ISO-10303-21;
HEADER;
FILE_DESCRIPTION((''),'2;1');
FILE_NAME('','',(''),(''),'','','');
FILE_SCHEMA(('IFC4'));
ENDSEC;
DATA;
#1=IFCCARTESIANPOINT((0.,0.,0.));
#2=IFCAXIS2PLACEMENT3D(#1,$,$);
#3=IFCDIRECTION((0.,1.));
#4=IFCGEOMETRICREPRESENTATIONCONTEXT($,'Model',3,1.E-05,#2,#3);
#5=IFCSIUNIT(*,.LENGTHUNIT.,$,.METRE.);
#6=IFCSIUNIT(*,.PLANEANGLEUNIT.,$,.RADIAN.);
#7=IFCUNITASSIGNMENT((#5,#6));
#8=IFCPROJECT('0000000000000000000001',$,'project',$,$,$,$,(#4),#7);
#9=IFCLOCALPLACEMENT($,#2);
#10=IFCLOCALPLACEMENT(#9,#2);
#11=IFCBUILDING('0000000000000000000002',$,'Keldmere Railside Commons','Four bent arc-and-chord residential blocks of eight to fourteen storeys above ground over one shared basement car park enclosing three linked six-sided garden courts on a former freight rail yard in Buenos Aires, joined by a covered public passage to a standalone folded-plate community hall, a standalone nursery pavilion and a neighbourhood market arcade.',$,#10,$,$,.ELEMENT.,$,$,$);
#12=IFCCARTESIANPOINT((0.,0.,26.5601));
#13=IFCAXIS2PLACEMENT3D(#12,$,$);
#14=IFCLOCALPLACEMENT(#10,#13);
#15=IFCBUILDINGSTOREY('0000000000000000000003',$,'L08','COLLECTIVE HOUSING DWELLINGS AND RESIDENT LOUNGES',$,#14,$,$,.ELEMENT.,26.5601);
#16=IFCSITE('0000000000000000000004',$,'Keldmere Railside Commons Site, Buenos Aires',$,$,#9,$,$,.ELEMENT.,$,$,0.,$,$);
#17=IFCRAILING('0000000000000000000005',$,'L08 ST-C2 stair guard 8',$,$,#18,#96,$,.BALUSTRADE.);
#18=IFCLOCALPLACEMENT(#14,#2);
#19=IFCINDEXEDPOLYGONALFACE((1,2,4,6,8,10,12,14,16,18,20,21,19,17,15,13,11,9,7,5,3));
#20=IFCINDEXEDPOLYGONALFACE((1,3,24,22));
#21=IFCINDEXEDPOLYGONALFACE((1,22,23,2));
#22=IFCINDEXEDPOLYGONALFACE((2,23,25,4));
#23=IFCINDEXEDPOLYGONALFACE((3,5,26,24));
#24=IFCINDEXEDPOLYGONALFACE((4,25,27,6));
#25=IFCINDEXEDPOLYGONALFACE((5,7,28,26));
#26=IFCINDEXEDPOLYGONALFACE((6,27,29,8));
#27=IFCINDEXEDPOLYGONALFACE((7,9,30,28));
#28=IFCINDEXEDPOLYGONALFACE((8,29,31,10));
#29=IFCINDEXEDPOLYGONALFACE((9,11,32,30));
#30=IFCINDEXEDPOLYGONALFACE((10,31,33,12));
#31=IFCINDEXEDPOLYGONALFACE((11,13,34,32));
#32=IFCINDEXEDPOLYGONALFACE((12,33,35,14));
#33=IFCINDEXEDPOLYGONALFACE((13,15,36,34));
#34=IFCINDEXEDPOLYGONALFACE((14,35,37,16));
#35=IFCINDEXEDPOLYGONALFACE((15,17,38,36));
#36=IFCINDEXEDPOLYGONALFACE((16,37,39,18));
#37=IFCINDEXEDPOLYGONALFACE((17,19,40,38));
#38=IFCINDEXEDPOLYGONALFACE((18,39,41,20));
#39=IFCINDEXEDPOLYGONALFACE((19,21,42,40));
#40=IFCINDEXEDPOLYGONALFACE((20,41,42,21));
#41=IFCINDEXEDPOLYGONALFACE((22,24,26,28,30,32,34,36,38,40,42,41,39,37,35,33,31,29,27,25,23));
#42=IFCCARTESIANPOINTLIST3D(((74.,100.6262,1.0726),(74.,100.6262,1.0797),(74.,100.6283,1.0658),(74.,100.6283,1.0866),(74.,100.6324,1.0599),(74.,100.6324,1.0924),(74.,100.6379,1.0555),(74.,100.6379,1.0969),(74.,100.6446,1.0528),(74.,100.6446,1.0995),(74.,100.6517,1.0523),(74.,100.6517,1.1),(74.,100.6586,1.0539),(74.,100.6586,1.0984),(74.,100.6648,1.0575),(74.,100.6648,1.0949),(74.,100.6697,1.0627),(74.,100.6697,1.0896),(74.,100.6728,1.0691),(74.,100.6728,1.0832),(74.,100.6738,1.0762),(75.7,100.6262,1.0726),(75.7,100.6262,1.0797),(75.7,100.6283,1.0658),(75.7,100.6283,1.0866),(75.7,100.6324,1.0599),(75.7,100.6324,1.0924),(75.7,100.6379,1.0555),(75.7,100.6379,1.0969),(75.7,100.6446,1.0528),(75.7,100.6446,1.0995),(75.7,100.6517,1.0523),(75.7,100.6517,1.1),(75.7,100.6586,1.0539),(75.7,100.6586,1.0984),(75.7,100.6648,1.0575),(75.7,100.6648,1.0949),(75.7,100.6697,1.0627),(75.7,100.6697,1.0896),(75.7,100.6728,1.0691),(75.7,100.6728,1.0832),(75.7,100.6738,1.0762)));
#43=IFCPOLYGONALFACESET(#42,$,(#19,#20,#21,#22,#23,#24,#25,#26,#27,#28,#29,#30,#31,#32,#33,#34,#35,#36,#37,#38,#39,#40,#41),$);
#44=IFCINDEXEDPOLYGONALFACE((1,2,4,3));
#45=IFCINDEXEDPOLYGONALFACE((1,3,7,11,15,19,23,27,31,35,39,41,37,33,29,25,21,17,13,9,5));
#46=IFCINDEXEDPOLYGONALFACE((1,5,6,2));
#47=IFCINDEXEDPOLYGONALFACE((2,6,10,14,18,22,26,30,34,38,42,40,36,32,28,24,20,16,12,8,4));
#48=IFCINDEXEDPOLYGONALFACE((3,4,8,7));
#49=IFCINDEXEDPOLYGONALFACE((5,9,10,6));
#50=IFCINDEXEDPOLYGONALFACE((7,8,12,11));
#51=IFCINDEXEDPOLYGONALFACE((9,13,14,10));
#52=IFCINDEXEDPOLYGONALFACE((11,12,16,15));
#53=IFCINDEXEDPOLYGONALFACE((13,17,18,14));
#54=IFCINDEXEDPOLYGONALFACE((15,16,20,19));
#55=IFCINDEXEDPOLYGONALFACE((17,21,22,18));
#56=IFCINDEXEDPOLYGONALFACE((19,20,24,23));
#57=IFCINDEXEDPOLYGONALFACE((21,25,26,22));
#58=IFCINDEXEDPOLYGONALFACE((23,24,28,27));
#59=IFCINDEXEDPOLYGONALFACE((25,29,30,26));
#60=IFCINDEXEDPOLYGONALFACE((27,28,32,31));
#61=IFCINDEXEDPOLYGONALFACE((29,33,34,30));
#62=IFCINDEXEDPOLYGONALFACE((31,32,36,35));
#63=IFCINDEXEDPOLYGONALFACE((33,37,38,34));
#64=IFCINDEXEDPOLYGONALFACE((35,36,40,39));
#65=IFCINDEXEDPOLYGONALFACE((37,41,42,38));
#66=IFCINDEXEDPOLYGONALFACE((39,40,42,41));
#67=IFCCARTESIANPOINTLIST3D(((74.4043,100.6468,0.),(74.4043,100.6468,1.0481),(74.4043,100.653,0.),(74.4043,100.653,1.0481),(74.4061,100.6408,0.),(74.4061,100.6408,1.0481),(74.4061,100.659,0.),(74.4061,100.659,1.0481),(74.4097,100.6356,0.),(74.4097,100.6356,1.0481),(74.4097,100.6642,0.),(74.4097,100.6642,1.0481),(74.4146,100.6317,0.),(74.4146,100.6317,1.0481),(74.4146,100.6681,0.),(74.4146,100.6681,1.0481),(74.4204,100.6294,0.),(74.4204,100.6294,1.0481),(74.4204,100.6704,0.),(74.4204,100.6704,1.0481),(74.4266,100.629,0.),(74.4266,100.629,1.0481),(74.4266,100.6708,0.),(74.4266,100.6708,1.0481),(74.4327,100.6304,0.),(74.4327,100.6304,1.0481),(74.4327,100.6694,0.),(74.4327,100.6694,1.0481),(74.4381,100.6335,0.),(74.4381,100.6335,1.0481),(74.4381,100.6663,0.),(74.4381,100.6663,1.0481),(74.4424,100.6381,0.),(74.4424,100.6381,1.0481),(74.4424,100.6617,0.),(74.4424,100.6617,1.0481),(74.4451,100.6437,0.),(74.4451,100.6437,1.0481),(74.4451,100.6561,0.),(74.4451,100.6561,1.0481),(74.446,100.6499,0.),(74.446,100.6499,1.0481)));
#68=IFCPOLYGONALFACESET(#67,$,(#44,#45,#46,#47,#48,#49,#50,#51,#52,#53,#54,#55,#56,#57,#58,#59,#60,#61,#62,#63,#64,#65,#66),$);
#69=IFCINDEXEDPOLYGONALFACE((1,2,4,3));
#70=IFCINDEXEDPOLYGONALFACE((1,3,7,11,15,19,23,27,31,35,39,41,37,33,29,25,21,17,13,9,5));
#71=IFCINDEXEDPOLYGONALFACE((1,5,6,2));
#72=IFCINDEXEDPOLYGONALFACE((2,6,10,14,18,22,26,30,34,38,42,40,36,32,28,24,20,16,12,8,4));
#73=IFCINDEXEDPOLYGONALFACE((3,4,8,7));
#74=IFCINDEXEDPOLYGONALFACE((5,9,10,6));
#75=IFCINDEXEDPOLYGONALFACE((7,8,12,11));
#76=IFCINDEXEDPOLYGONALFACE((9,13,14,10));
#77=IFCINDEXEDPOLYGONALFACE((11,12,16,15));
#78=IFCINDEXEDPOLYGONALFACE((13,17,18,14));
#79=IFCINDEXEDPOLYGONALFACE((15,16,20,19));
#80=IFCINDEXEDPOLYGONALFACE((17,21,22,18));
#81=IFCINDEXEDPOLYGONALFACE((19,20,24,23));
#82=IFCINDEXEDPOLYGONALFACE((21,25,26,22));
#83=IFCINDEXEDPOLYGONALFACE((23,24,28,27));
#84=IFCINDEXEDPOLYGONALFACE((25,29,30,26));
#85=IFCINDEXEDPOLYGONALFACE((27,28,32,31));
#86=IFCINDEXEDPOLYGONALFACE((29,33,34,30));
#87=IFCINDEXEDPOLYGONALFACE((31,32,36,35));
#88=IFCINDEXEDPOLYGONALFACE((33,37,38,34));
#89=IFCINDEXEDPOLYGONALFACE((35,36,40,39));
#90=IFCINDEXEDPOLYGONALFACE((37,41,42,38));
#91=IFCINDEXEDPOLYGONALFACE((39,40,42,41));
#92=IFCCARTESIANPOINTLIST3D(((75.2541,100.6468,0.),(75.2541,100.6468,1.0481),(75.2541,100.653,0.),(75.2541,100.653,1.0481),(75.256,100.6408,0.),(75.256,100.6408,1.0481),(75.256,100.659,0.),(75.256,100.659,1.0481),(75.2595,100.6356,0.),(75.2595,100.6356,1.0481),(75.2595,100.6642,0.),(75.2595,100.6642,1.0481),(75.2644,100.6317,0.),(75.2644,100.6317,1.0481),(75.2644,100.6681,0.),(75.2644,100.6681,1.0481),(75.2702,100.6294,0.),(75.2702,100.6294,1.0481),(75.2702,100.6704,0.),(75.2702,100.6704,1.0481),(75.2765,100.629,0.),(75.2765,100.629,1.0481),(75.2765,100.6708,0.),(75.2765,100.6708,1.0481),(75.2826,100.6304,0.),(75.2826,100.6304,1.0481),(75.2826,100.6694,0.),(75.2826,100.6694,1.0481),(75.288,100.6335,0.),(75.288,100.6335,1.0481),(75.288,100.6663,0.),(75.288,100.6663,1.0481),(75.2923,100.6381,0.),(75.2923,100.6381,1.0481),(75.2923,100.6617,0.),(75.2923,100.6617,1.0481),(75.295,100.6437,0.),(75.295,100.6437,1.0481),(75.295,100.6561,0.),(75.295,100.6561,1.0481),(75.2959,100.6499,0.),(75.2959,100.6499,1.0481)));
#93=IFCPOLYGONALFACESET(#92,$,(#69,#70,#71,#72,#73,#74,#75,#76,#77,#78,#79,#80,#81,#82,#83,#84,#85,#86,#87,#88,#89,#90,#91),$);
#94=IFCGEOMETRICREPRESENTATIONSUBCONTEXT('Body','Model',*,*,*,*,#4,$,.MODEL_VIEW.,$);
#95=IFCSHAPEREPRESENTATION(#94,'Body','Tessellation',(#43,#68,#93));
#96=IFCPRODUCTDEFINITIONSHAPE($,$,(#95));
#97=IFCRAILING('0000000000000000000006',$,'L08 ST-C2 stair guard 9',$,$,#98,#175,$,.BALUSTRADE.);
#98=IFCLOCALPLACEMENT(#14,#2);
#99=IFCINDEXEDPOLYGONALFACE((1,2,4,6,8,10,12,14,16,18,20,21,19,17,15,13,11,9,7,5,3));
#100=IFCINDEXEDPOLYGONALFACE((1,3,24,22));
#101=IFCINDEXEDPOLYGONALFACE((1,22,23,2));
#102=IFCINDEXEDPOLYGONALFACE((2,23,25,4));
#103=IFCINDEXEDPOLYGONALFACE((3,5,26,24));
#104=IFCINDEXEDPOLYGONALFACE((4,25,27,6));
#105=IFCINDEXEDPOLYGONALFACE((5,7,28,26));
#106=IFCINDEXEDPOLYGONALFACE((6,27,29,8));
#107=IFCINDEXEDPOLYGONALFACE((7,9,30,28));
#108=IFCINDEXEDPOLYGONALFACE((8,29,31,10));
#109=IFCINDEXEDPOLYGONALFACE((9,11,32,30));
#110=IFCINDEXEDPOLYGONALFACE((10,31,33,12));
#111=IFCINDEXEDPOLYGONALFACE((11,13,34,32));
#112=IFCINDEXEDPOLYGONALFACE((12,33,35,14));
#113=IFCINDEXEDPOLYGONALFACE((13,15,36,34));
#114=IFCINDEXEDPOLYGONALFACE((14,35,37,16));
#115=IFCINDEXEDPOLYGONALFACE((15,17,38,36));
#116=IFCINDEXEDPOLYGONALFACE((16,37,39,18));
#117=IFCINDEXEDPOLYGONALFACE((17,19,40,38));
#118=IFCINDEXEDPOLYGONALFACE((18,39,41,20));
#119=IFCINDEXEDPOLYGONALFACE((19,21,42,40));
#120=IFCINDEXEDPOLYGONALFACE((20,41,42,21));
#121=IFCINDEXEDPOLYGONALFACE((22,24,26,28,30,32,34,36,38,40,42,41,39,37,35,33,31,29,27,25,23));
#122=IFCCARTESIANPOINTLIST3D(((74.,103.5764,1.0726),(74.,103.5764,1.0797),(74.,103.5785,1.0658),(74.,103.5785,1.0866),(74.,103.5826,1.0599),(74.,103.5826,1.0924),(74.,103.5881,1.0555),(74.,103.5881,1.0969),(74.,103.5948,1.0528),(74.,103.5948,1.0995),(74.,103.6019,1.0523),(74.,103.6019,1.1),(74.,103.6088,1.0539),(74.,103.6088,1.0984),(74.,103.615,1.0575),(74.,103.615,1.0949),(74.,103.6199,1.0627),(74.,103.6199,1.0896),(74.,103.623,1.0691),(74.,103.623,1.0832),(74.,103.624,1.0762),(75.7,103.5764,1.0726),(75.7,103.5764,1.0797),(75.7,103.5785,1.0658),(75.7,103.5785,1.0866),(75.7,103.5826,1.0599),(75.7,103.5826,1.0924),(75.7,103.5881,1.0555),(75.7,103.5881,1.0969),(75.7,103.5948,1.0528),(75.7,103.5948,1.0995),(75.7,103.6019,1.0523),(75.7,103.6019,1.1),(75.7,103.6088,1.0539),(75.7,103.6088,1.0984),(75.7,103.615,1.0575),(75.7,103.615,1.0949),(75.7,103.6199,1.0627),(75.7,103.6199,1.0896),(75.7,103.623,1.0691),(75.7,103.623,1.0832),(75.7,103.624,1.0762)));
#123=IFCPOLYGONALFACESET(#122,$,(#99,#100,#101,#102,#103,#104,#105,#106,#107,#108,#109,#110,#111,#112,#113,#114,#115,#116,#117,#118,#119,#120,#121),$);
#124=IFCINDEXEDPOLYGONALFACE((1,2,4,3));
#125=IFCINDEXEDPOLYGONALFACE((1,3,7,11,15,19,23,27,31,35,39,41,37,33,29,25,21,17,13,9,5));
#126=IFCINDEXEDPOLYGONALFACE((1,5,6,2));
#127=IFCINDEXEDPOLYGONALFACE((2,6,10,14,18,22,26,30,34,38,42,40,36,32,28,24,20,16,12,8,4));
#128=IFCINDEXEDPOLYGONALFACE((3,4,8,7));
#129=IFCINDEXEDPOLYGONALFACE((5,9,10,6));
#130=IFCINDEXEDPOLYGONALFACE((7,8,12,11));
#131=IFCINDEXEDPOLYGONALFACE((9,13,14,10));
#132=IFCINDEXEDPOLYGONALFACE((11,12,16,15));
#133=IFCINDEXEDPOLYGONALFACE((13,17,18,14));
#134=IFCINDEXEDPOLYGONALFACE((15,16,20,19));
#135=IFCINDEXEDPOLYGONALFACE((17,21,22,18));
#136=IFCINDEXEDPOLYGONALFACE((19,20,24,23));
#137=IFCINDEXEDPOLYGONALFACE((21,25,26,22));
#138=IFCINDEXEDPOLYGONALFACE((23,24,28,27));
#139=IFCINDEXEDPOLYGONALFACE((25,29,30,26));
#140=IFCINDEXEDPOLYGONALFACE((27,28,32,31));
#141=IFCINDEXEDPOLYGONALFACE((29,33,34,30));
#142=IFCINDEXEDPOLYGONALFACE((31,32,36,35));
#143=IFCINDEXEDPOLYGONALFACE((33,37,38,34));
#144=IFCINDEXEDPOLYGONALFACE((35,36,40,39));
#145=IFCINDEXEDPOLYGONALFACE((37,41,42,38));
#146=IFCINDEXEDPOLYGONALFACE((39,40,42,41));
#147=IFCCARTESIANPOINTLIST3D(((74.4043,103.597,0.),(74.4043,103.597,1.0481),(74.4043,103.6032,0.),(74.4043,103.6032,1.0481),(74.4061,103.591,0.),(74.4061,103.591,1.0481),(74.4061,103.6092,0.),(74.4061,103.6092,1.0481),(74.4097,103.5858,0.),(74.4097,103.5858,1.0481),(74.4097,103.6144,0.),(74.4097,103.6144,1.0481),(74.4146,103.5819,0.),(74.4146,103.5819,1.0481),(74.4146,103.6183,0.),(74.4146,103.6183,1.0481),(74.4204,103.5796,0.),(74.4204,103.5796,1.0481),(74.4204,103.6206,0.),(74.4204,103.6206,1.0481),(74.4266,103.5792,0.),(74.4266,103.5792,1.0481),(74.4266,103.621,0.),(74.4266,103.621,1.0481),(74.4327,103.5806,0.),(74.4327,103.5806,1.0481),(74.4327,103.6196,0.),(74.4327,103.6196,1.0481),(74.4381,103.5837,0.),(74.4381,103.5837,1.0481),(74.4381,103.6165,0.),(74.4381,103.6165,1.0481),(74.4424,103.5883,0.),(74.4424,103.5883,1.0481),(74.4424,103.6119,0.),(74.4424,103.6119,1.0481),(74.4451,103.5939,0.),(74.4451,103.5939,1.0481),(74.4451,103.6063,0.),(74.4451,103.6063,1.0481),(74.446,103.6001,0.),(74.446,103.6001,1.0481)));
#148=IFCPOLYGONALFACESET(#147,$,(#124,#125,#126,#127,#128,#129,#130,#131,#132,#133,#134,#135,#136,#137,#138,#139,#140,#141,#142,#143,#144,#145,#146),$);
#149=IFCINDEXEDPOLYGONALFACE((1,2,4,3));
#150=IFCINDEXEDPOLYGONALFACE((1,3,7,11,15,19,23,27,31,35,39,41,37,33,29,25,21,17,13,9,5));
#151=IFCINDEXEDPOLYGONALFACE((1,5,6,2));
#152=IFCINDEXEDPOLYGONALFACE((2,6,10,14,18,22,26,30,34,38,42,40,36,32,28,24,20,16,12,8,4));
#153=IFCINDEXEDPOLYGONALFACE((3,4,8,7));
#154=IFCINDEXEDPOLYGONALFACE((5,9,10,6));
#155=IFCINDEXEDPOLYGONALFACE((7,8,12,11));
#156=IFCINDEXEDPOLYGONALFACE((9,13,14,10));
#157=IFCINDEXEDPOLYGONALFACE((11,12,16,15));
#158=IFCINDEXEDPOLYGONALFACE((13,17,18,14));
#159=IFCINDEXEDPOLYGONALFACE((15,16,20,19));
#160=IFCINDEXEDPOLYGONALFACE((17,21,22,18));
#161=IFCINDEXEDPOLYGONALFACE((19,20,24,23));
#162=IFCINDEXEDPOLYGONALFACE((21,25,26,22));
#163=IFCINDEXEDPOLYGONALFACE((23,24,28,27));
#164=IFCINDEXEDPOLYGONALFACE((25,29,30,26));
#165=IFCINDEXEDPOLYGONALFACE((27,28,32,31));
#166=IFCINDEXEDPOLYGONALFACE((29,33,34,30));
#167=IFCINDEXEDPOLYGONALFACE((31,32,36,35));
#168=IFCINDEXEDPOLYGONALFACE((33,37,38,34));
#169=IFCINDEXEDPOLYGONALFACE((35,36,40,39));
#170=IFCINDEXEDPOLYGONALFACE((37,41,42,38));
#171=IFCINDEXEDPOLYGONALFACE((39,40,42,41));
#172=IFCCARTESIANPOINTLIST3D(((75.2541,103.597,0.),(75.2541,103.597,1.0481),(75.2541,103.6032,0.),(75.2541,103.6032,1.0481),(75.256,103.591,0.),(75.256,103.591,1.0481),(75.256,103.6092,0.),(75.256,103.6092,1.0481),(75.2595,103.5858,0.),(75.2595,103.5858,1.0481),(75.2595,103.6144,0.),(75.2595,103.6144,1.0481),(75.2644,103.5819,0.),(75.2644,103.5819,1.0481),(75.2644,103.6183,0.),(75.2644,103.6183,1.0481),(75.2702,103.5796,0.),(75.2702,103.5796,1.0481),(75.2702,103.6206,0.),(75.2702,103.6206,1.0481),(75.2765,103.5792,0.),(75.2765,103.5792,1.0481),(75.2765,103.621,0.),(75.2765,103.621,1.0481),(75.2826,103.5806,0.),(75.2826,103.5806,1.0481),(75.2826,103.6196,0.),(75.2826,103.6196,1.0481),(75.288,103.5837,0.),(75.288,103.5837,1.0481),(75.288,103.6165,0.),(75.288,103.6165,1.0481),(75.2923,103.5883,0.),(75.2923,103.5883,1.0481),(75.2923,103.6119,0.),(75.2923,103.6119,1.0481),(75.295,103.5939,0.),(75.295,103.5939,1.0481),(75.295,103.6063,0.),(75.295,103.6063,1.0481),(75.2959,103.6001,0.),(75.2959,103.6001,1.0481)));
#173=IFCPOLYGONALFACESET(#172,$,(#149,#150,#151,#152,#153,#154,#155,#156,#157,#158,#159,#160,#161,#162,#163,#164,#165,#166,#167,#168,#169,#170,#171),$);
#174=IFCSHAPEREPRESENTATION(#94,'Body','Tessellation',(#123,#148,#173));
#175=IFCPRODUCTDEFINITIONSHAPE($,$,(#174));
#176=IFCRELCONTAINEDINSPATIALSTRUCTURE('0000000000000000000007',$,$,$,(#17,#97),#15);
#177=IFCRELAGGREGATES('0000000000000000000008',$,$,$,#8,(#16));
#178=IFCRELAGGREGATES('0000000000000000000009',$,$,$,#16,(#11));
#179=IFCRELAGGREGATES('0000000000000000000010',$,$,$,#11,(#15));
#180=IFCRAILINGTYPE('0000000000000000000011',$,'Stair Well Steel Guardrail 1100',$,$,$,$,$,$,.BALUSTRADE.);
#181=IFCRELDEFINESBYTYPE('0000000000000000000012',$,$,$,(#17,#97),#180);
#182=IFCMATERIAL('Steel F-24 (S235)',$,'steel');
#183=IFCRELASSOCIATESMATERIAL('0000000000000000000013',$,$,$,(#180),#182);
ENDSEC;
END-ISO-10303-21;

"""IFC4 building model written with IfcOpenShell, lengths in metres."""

from ifc_helpers import new_model, si_unit, direction, frame, origin, origin_2d, place, context, subcontext, project, spatial, circle, extrude, material, type_object, element, save


model = new_model("IFC4")

# Units and contexts
model_context = context("Model", 3, precision=1e-05, world=origin(), true_north=direction((0.0, 1.0)))
body_context = subcontext(model_context, "Body", "Model", "MODEL_VIEW")
ifc_project = project(units=[si_unit("LENGTHUNIT", "METRE"), si_unit("PLANEANGLEUNIT", "RADIAN")], contexts=[model_context])

# Site, building, storey
site_placement = place(None, origin())
site = spatial("IfcSite", under=ifc_project, at=site_placement, Name="Keldmere Railside Commons Site, Buenos Aires", CompositionType="ELEMENT", RefElevation=0.0)
building_placement = place(site_placement, origin())
building = spatial("IfcBuilding", under=site, at=building_placement, Name="Keldmere Railside Commons", Description="Four bent arc-and-chord residential blocks of eight to fourteen storeys above ground over one shared basement car park enclosing three linked six-sided garden courts on a former freight rail yard in Buenos Aires, joined by a covered public passage to a standalone folded-plate community hall, a standalone nursery pavilion and a neighbourhood market arcade.", CompositionType="ELEMENT")
storey_placement = place(building_placement, frame((0.0, 0.0, 26.5601)))
storey = spatial("IfcBuildingStorey", under=building, at=storey_placement, Name="L08", Description="COLLECTIVE HOUSING DWELLINGS AND RESIDENT LOUNGES", CompositionType="ELEMENT", Elevation=26.5601)

# Shared definitions
ifc_material_1 = material(Name="Steel F-24 (S235)", Category="steel")

# Railings
railing_type_1 = type_object("IfcRailingType", Name="Stair Well Steel Guardrail 1100", PredefinedType="BALUSTRADE", material=ifc_material_1)
for number, where, name in (
    (1, (74.0, 100.6499, 0.0), "L08 ST-C2 stair guard 8"),
    (2, (74.0, 103.6001, 0.0), "L08 ST-C2 stair guard 9"),
):
    element("IfcRailing", number, at=place(storey_placement, frame(where)), inside=storey, type_object=railing_type_1, Name=name, PredefinedType="BALUSTRADE", context=body_context, shape_type="SweptSolid", body=[
        extrude(circle(Radius=0.0239, at=origin_2d()), frame((0.0, 0.0, 1.0762), z_axis=(1.0, 0.0, 0.0), x_axis=(0.0, 1.0, 0.0)), (0.0, 0.0, 1.0), 1.7),
        extrude(circle(Radius=0.021, at=origin_2d()), frame((0.425, 0.0, 0.0)), (0.0, 0.0, 1.0), 1.0481),
        extrude(circle(Radius=0.021, at=origin_2d()), frame((1.2749, 0.0, 0.0)), (0.0, 0.0, 1.0), 1.0481),
    ])

save(model, "model.ifc")
